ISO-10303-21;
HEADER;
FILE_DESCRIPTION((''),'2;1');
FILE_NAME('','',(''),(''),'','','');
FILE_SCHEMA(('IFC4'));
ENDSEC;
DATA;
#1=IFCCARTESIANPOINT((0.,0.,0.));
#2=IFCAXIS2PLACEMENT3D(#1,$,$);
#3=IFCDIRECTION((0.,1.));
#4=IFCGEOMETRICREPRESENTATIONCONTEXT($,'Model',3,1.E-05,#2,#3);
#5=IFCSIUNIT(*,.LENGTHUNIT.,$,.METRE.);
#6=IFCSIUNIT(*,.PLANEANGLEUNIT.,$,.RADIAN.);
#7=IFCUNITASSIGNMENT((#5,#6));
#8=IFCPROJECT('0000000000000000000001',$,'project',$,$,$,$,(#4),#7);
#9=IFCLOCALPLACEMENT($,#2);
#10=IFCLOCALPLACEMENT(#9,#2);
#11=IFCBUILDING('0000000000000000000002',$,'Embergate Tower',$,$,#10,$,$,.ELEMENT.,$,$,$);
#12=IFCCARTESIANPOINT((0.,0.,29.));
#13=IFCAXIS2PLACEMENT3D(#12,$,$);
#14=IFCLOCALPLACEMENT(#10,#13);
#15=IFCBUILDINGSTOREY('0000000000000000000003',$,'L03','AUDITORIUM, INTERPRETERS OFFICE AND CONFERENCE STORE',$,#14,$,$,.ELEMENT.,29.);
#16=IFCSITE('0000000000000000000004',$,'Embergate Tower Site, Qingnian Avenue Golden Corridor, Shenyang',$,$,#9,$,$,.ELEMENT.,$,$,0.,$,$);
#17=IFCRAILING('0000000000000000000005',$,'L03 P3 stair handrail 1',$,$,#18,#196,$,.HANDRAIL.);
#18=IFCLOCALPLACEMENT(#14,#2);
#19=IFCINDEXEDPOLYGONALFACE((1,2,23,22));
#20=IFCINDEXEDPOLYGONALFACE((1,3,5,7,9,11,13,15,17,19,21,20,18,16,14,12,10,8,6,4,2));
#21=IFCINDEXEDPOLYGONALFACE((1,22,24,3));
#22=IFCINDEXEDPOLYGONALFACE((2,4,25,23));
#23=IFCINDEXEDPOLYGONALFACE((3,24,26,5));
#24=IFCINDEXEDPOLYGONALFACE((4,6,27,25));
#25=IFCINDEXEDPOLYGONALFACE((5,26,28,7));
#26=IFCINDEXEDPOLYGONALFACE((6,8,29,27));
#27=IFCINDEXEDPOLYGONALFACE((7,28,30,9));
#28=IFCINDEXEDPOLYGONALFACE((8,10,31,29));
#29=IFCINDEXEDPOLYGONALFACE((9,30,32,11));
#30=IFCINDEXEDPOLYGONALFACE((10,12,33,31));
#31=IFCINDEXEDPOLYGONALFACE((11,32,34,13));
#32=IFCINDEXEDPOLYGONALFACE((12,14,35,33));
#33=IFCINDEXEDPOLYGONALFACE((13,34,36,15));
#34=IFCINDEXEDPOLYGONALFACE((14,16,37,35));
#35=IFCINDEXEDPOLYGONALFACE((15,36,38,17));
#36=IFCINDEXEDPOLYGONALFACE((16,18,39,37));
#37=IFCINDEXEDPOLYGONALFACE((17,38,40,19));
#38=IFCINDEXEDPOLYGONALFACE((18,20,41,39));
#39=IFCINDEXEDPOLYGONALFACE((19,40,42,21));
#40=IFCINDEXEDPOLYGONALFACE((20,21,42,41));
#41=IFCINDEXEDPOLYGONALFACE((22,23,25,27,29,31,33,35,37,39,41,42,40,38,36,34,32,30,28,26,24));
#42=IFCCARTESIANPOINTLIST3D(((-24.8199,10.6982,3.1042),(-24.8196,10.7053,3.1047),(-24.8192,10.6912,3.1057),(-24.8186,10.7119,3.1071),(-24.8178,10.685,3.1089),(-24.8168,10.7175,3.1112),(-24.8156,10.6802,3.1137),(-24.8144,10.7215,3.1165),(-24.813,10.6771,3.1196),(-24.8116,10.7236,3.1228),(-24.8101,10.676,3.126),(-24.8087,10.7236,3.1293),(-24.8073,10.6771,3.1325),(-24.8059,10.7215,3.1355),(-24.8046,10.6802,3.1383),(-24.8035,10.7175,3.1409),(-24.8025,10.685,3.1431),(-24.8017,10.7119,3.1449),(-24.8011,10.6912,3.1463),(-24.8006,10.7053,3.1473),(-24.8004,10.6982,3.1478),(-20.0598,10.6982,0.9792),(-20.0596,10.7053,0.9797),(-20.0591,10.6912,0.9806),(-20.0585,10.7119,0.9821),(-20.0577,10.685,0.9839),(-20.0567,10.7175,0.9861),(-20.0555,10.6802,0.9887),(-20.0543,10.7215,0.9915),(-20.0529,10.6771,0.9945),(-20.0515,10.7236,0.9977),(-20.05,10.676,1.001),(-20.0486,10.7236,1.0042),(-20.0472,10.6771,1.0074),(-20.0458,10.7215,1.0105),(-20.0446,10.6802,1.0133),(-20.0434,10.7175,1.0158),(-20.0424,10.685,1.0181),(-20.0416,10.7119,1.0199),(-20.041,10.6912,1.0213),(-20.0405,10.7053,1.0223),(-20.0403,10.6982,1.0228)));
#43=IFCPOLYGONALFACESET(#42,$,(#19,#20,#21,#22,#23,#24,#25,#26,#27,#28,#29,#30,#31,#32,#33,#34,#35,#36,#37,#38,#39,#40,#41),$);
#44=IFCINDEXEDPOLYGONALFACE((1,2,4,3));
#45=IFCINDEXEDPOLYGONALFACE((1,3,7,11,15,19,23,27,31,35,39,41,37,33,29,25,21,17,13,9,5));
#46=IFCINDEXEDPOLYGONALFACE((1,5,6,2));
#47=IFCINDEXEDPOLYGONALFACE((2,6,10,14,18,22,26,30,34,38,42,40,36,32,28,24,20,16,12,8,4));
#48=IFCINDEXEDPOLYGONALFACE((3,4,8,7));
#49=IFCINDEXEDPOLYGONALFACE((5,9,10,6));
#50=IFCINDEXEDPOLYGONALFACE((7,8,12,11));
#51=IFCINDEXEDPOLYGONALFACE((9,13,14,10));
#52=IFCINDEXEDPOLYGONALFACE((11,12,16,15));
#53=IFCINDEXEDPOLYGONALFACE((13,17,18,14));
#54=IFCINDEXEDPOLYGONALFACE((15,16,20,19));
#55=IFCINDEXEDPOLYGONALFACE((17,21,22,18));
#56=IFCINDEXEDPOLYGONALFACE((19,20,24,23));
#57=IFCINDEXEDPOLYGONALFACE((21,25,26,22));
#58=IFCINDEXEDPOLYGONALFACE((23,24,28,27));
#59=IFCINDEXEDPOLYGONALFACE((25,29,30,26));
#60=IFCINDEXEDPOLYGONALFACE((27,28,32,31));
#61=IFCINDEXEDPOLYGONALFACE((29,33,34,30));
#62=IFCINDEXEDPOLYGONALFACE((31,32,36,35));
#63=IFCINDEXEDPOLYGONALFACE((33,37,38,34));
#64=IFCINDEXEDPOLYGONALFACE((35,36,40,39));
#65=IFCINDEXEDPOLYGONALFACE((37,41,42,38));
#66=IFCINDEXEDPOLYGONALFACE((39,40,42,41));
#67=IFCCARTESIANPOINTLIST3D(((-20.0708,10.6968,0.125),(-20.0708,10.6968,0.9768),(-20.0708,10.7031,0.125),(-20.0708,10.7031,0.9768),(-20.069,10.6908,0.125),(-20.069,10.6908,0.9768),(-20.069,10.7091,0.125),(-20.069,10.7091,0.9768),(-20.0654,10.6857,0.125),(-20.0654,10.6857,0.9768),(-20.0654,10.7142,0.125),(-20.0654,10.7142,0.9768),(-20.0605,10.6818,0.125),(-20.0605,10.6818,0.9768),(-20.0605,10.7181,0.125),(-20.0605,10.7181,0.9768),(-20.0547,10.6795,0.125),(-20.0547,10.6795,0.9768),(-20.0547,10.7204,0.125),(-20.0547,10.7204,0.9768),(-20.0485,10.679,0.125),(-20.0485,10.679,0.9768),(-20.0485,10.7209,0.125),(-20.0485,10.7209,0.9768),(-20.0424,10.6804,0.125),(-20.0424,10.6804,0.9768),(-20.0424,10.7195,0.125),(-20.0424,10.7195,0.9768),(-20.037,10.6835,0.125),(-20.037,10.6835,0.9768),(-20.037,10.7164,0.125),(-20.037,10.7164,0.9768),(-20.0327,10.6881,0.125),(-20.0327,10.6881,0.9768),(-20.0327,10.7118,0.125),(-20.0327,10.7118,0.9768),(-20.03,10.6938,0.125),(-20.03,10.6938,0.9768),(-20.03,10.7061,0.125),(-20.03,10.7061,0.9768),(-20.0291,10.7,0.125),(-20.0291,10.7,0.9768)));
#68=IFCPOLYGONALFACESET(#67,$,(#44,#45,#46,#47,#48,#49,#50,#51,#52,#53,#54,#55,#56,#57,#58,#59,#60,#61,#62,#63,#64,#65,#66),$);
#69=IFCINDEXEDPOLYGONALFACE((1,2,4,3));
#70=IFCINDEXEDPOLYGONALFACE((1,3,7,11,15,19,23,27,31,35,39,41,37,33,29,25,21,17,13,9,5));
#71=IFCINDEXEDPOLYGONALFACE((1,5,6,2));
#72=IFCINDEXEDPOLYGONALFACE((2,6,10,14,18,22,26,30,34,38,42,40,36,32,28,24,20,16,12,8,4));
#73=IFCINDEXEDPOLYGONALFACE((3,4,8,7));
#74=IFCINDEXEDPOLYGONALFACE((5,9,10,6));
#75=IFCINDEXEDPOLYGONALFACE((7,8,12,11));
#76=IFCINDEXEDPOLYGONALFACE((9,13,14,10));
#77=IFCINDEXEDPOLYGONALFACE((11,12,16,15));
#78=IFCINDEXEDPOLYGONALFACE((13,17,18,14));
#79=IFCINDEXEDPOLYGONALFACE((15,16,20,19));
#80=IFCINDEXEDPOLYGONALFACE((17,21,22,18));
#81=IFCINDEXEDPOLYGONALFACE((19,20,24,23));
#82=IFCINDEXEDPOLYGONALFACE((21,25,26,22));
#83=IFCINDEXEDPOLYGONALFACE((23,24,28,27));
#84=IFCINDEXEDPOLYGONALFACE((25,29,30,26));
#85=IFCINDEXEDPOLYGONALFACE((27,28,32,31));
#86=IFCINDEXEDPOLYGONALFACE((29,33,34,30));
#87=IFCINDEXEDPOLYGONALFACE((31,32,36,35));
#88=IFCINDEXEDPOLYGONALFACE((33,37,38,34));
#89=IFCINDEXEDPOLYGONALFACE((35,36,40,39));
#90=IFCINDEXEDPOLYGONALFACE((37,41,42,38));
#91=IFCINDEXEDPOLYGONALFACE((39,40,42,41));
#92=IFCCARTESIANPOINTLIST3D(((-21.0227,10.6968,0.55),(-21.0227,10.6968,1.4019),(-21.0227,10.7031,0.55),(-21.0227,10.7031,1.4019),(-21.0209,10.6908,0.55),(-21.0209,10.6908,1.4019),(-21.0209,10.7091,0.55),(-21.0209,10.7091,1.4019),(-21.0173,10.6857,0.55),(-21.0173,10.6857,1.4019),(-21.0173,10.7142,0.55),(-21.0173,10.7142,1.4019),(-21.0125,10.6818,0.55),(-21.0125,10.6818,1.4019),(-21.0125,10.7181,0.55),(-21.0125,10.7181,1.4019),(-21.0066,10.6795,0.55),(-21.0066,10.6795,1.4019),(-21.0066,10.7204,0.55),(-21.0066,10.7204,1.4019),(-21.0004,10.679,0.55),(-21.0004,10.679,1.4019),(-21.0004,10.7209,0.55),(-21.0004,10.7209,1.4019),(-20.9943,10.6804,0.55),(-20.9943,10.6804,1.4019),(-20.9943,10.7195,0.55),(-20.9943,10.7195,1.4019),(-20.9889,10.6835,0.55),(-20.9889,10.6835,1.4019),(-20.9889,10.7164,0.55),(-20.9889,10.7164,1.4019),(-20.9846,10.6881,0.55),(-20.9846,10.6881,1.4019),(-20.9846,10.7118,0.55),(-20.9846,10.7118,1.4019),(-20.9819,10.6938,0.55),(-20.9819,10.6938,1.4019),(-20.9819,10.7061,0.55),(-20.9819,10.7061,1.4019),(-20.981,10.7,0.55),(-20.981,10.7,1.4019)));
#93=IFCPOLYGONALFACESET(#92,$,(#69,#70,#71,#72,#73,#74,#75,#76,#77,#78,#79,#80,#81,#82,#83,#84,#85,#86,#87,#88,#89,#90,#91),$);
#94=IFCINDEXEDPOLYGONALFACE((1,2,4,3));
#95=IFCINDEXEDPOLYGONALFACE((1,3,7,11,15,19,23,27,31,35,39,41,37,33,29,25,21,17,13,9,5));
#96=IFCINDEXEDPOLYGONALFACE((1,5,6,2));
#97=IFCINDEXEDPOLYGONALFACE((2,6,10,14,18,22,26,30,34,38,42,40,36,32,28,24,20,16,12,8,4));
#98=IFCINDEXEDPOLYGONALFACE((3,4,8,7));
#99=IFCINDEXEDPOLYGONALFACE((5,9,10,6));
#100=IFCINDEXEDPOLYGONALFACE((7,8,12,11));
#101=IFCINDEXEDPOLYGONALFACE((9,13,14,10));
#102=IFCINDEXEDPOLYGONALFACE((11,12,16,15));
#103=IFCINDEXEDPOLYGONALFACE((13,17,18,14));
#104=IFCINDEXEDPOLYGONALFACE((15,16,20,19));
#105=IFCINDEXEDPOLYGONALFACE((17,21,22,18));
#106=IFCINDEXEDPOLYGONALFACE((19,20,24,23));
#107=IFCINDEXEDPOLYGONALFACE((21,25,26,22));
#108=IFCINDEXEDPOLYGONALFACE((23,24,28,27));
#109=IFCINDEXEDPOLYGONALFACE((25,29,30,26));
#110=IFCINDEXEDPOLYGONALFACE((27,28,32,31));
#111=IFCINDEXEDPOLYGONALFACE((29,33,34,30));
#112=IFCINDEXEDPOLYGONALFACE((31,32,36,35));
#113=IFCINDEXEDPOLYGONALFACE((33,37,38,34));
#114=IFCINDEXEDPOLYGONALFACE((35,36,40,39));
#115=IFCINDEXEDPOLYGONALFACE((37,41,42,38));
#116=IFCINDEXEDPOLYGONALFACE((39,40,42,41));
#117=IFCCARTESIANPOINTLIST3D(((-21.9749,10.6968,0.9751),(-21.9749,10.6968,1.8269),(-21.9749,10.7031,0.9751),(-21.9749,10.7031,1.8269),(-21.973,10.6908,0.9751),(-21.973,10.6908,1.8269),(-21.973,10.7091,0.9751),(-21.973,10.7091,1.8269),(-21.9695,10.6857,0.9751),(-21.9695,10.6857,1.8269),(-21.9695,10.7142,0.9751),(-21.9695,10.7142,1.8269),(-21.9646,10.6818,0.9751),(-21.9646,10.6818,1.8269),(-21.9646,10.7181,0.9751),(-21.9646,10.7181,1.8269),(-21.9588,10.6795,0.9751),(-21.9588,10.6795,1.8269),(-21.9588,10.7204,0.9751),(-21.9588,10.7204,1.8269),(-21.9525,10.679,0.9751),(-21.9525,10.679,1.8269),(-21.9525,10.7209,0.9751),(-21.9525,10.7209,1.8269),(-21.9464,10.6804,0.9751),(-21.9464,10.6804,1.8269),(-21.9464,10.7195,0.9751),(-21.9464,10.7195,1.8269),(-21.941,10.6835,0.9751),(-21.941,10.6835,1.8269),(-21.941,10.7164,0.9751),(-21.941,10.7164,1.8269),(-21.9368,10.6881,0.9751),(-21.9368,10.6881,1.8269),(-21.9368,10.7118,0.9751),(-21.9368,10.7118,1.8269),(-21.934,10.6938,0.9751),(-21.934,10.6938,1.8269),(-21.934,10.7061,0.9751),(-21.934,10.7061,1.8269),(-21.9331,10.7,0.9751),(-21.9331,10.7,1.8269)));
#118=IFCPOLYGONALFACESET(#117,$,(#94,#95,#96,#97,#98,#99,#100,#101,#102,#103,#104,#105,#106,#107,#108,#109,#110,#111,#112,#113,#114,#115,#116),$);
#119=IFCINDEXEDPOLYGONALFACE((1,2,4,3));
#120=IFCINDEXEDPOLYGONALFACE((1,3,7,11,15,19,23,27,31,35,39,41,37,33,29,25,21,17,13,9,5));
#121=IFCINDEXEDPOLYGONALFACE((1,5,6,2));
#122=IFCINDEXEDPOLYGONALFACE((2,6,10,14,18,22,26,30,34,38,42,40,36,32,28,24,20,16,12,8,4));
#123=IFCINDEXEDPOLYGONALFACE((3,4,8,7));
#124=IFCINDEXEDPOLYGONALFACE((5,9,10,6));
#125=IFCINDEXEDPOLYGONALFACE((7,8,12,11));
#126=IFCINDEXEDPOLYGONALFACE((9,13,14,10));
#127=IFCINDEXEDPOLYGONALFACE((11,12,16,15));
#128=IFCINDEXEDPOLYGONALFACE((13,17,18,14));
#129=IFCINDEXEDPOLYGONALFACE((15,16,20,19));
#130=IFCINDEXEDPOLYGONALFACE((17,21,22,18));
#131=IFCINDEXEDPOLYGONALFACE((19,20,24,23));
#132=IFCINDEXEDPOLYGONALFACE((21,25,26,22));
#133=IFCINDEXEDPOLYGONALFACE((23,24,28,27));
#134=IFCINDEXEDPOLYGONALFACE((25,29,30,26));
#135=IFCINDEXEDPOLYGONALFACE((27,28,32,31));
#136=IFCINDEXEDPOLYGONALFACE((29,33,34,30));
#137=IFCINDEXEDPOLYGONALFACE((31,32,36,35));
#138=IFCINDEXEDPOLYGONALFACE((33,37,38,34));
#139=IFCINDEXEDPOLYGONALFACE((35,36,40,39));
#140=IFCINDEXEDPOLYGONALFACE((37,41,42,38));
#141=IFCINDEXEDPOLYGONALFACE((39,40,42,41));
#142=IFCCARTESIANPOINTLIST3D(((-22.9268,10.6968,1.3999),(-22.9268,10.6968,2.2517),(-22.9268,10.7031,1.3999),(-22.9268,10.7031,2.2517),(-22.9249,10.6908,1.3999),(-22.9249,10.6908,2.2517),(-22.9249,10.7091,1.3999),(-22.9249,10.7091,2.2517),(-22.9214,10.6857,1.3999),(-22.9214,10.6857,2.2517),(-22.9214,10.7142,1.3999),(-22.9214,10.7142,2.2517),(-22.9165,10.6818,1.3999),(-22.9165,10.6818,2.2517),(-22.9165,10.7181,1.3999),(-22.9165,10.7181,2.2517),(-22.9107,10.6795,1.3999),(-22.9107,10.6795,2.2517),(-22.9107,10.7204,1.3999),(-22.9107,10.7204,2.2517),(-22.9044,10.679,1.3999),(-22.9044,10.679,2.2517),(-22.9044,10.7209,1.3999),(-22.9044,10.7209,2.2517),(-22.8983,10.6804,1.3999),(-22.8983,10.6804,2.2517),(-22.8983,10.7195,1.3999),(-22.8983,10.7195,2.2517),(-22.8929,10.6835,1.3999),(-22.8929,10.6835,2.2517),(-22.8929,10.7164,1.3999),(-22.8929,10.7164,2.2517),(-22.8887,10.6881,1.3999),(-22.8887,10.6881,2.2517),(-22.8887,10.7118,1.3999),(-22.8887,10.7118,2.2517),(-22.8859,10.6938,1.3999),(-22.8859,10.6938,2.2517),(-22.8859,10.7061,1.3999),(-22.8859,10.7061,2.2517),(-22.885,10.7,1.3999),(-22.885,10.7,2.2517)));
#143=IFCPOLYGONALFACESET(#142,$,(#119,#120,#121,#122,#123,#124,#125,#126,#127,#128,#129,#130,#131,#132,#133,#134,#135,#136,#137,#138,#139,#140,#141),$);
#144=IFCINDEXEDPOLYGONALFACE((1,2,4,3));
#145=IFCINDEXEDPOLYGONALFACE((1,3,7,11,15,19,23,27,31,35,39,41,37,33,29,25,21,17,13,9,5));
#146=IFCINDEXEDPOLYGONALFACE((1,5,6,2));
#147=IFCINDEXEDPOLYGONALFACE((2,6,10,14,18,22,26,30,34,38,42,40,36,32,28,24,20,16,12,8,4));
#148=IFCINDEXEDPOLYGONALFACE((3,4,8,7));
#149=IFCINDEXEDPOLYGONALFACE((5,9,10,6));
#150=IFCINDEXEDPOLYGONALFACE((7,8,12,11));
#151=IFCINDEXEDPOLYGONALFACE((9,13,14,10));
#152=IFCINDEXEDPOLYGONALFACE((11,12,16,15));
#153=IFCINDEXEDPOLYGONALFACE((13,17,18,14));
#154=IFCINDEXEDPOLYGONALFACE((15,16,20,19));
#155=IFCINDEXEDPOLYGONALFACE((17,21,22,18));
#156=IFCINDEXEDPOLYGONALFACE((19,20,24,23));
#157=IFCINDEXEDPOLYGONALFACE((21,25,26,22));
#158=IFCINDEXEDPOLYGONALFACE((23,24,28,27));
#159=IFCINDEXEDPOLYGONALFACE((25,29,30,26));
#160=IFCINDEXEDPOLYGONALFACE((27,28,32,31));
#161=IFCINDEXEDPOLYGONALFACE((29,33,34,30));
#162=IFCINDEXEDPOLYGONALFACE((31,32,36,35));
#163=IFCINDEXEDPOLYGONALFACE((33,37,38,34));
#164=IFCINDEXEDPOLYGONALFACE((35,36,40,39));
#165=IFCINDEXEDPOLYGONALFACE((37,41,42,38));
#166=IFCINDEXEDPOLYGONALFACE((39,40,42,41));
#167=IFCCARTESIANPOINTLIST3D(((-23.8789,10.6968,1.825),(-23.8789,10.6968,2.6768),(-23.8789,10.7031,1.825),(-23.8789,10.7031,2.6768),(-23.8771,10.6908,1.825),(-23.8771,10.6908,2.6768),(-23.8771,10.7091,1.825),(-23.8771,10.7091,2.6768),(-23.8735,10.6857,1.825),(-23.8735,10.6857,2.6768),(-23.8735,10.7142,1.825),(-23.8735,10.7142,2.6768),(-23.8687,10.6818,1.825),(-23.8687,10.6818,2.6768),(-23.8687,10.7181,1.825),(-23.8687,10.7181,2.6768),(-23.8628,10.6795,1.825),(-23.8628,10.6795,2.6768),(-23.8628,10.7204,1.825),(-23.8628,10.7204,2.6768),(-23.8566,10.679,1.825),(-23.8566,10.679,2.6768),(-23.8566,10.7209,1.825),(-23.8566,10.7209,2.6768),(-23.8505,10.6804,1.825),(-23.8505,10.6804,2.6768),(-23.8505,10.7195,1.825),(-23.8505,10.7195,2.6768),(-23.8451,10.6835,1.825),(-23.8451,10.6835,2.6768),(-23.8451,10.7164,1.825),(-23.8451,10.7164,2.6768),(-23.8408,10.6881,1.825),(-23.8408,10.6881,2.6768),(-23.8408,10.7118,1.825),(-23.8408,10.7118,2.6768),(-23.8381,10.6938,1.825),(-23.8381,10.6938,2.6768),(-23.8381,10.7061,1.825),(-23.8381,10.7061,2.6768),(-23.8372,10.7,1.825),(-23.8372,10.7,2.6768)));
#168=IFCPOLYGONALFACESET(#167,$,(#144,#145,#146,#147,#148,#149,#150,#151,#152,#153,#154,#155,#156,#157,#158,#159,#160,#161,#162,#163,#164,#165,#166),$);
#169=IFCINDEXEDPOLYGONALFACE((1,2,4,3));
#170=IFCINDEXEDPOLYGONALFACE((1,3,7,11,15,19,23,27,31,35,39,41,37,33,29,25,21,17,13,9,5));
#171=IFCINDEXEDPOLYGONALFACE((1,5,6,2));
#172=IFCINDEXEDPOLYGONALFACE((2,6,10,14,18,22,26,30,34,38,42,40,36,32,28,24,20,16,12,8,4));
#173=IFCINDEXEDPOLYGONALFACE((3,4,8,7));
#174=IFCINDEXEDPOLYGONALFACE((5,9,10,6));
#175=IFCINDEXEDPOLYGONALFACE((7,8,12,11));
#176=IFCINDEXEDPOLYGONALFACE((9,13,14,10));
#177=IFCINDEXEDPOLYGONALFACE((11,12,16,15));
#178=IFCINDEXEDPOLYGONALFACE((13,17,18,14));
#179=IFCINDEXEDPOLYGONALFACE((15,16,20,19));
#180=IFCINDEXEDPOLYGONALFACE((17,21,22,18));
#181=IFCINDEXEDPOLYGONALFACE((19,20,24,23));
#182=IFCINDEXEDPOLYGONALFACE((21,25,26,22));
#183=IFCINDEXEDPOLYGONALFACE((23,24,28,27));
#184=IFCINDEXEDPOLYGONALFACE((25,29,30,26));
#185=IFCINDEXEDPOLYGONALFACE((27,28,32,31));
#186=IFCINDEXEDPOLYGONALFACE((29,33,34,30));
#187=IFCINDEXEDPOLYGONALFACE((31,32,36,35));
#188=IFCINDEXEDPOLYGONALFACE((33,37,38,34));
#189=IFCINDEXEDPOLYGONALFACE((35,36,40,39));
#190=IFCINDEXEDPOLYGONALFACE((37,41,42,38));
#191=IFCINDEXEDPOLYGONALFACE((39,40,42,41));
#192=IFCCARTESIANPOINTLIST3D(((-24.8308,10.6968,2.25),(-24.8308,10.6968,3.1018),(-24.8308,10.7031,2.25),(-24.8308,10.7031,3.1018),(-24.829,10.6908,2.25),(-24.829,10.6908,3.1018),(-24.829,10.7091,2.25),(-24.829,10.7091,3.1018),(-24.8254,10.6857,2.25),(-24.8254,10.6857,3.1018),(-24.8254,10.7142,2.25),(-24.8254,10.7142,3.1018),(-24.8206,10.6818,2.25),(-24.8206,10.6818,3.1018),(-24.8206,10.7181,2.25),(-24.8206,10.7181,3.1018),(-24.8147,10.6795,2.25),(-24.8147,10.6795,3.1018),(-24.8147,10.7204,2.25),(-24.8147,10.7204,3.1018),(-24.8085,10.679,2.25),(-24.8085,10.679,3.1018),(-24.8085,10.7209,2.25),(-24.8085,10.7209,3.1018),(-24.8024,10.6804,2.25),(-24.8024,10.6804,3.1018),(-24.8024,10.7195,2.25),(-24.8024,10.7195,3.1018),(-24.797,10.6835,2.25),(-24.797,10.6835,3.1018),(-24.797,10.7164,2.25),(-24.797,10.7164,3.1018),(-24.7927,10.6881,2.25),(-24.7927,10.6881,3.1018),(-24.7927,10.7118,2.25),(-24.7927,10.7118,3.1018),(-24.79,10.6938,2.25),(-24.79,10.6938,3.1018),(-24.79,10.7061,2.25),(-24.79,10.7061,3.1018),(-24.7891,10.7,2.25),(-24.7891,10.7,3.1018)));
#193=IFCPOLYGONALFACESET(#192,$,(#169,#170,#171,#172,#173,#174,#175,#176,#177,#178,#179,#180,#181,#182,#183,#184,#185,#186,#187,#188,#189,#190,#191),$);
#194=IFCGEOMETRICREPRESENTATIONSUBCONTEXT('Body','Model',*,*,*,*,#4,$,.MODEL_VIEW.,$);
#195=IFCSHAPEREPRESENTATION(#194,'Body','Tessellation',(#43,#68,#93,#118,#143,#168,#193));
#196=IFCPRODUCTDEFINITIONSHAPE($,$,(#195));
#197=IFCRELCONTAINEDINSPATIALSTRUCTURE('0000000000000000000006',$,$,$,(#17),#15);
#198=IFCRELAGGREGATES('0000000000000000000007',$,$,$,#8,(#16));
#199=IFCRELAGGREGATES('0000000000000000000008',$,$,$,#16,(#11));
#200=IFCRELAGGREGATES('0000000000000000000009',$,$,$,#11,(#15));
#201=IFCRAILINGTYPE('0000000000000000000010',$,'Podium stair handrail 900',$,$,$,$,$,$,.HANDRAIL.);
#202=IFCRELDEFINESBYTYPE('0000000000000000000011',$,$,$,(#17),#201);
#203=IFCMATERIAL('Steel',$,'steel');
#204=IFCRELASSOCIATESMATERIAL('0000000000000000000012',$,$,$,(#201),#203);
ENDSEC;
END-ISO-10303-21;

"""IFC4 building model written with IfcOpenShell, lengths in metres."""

from ifc_helpers import new_model, si_unit, direction, frame, origin, origin_2d, place, context, subcontext, project, spatial, circle, extrude, source, transform, mapped, material, type_object, element, save


model = new_model("IFC4")

# Units and contexts
model_context = context("Model", 3, precision=1e-05, world=origin(), true_north=direction((0.0, 1.0)))
body_context = subcontext(model_context, "Body", "Model", "MODEL_VIEW")
ifc_project = project(units=[si_unit("LENGTHUNIT", "METRE"), si_unit("PLANEANGLEUNIT", "RADIAN")], contexts=[model_context])

# Site, building, storey
site_placement = place(None, origin())
site = spatial("IfcSite", under=ifc_project, at=site_placement, Name="Embergate Tower Site, Qingnian Avenue Golden Corridor, Shenyang", CompositionType="ELEMENT", RefElevation=0.0)
building_placement = place(site_placement, origin())
building = spatial("IfcBuilding", under=site, at=building_placement, Name="Embergate Tower", CompositionType="ELEMENT")
storey_placement = place(building_placement, frame((0.0, 0.0, 29.0)))
storey = spatial("IfcBuildingStorey", under=building, at=storey_placement, Name="L03", Description="AUDITORIUM, INTERPRETERS OFFICE AND CONFERENCE STORE", CompositionType="ELEMENT", Elevation=29.0)

# Railing
ifc_material_1 = material(Name="Steel", Category="steel")
railing_type_1 = type_object("IfcRailingType", Name="Podium stair handrail 900", PredefinedType="HANDRAIL", material=ifc_material_1)
shared_shape_1 = source(origin(), body_context, "Body", "SweptSolid", [
    extrude(circle(Radius=0.0239, at=origin_2d()), frame((0.0, 0.0, 0.876), z_axis=(-0.913138, 0.0, 0.40765), x_axis=(0.0, -1.0, 0.0)), (0.0, 0.0, 1.0), 5.2129),
    extrude(circle(Radius=0.021, at=origin_2d()), origin(), (0.0, 0.0, 1.0), 0.8518),
    extrude(circle(Radius=0.021, at=origin_2d()), frame((-0.9519, 0.0, 0.425)), (0.0, 0.0, 1.0), 0.8518),
    extrude(circle(Radius=0.021, at=origin_2d()), frame((-1.9041, 0.0, 0.8501)), (0.0, 0.0, 1.0), 0.8518),
    extrude(circle(Radius=0.021, at=origin_2d()), frame((-2.856, 0.0, 1.2749)), (0.0, 0.0, 1.0), 0.8518),
    extrude(circle(Radius=0.021, at=origin_2d()), frame((-3.8081, 0.0, 1.7)), (0.0, 0.0, 1.0), 0.8518),
    extrude(circle(Radius=0.021, at=origin_2d()), frame((-4.76, 0.0, 2.125)), (0.0, 0.0, 1.0), 0.8518),
])
railing_1_placement = place(storey_placement, frame((-20.05, 10.7, 0.125)))
element("IfcRailing", 1, at=railing_1_placement, inside=storey, type_object=railing_type_1, Name="L03 P3 stair handrail 1", PredefinedType="HANDRAIL", context=body_context, shape_type="MappedRepresentation", body=[
    mapped(shared_shape_1, transform((0.0, 0.0, 0.0))),
])

save(model, "model.ifc")
